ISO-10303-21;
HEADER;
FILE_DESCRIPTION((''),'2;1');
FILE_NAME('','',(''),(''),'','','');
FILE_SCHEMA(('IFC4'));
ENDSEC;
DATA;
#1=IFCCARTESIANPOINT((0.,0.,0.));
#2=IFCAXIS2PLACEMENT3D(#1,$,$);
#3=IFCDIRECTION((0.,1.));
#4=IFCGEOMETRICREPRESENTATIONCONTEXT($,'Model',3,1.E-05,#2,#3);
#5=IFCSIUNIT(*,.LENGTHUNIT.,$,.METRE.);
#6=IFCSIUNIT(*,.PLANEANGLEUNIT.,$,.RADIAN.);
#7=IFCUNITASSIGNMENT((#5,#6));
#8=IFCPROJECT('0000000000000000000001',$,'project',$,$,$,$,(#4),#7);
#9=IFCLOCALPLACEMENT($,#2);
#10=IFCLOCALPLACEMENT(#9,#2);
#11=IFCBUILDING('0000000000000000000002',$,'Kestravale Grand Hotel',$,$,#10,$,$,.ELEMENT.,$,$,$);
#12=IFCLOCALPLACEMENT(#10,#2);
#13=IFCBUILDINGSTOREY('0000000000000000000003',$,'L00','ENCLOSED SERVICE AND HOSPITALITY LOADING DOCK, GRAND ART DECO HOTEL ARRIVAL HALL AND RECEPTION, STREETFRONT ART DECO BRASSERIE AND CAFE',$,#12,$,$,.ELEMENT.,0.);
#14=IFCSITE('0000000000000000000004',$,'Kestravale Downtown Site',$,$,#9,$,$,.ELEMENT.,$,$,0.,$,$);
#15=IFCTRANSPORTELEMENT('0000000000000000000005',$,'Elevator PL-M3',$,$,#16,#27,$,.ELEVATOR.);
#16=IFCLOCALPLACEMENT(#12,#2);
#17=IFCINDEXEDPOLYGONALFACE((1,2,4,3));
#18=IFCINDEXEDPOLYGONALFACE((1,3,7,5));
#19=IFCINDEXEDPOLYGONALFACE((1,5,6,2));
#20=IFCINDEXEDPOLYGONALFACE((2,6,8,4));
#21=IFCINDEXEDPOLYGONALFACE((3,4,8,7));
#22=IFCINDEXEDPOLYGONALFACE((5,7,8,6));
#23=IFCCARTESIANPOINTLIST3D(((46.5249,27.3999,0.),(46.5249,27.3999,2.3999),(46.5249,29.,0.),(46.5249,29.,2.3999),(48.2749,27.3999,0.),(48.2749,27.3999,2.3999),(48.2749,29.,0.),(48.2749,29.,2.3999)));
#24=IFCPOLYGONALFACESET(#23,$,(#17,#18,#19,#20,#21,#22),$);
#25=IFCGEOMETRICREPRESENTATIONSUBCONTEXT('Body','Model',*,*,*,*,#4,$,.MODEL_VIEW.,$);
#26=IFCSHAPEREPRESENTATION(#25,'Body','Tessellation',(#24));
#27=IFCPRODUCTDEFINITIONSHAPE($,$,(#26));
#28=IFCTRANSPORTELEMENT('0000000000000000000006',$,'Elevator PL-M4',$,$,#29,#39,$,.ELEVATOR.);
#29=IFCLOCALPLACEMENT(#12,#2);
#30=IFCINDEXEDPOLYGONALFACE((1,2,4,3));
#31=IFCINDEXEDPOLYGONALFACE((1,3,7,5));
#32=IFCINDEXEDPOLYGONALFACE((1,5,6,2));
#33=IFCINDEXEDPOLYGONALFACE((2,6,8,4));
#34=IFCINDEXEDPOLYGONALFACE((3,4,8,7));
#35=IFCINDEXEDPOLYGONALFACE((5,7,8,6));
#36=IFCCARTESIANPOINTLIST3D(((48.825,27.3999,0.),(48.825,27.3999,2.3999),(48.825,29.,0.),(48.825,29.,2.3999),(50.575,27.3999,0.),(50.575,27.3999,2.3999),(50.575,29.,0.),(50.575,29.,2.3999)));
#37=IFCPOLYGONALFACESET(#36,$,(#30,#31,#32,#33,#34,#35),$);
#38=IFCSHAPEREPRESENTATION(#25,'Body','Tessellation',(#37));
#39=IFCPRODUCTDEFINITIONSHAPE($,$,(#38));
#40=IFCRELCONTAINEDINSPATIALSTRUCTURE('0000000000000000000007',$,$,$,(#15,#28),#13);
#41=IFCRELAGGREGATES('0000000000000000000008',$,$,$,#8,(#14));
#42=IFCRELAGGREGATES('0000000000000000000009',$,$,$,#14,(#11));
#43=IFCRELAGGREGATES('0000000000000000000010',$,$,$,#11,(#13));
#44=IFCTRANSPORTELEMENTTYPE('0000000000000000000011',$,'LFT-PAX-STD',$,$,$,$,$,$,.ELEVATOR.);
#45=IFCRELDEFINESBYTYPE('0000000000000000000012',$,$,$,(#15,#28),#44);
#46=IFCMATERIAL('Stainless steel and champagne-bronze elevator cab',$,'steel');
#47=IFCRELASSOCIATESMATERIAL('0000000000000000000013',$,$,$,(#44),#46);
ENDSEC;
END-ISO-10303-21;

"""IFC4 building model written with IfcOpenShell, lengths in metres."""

from ifc_helpers import new_model, si_unit, direction, frame, origin, origin_2d, place, context, subcontext, project, spatial, rectangle, extrude, material, type_object, element, save


model = new_model("IFC4")

# Units and contexts
model_context = context("Model", 3, precision=1e-05, world=origin(), true_north=direction((0.0, 1.0)))
body_context = subcontext(model_context, "Body", "Model", "MODEL_VIEW")
ifc_project = project(units=[si_unit("LENGTHUNIT", "METRE"), si_unit("PLANEANGLEUNIT", "RADIAN")], contexts=[model_context])

# Site, building, storey
site_placement = place(None, origin())
site = spatial("IfcSite", under=ifc_project, at=site_placement, Name="Kestravale Downtown Site", CompositionType="ELEMENT", RefElevation=0.0)
building_placement = place(site_placement, origin())
building = spatial("IfcBuilding", under=site, at=building_placement, Name="Kestravale Grand Hotel", CompositionType="ELEMENT")
storey_placement = place(building_placement, origin())
storey = spatial("IfcBuildingStorey", under=building, at=storey_placement, Name="L00", Description="ENCLOSED SERVICE AND HOSPITALITY LOADING DOCK, GRAND ART DECO HOTEL ARRIVAL HALL AND RECEPTION, STREETFRONT ART DECO BRASSERIE AND CAFE", CompositionType="ELEMENT", Elevation=0.0)

# Transport elements
ifc_material_1 = material(Name="Stainless steel and champagne-bronze elevator cab", Category="steel")
transport_element_type = type_object("IfcTransportElementType", Name="LFT-PAX-STD", PredefinedType="ELEVATOR", material=ifc_material_1)
for number, where, z_axis, x_axis, name in (
    (1, (47.3999, 28.2, 0.0), (0.0, 0.0, 1.0), (1.0, 0.0, 0.0), "Elevator PL-M3"),
    (2, (49.7, 28.2, 0.0), (0.0, 0.0, 1.0), (1.0, 0.0, 0.0), "Elevator PL-M4"),
):
    element("IfcTransportElement", number, at=place(storey_placement, frame(where, z_axis=z_axis, x_axis=x_axis)), inside=storey, type_object=transport_element_type, Name=name, PredefinedType="ELEVATOR", context=body_context, shape_type="SweptSolid", body=[
        extrude(rectangle(XDim=1.75, YDim=1.6001, at=origin_2d()), origin(), (0.0, 0.0, 1.0), 2.3999),
    ])

save(model, "model.ifc")
